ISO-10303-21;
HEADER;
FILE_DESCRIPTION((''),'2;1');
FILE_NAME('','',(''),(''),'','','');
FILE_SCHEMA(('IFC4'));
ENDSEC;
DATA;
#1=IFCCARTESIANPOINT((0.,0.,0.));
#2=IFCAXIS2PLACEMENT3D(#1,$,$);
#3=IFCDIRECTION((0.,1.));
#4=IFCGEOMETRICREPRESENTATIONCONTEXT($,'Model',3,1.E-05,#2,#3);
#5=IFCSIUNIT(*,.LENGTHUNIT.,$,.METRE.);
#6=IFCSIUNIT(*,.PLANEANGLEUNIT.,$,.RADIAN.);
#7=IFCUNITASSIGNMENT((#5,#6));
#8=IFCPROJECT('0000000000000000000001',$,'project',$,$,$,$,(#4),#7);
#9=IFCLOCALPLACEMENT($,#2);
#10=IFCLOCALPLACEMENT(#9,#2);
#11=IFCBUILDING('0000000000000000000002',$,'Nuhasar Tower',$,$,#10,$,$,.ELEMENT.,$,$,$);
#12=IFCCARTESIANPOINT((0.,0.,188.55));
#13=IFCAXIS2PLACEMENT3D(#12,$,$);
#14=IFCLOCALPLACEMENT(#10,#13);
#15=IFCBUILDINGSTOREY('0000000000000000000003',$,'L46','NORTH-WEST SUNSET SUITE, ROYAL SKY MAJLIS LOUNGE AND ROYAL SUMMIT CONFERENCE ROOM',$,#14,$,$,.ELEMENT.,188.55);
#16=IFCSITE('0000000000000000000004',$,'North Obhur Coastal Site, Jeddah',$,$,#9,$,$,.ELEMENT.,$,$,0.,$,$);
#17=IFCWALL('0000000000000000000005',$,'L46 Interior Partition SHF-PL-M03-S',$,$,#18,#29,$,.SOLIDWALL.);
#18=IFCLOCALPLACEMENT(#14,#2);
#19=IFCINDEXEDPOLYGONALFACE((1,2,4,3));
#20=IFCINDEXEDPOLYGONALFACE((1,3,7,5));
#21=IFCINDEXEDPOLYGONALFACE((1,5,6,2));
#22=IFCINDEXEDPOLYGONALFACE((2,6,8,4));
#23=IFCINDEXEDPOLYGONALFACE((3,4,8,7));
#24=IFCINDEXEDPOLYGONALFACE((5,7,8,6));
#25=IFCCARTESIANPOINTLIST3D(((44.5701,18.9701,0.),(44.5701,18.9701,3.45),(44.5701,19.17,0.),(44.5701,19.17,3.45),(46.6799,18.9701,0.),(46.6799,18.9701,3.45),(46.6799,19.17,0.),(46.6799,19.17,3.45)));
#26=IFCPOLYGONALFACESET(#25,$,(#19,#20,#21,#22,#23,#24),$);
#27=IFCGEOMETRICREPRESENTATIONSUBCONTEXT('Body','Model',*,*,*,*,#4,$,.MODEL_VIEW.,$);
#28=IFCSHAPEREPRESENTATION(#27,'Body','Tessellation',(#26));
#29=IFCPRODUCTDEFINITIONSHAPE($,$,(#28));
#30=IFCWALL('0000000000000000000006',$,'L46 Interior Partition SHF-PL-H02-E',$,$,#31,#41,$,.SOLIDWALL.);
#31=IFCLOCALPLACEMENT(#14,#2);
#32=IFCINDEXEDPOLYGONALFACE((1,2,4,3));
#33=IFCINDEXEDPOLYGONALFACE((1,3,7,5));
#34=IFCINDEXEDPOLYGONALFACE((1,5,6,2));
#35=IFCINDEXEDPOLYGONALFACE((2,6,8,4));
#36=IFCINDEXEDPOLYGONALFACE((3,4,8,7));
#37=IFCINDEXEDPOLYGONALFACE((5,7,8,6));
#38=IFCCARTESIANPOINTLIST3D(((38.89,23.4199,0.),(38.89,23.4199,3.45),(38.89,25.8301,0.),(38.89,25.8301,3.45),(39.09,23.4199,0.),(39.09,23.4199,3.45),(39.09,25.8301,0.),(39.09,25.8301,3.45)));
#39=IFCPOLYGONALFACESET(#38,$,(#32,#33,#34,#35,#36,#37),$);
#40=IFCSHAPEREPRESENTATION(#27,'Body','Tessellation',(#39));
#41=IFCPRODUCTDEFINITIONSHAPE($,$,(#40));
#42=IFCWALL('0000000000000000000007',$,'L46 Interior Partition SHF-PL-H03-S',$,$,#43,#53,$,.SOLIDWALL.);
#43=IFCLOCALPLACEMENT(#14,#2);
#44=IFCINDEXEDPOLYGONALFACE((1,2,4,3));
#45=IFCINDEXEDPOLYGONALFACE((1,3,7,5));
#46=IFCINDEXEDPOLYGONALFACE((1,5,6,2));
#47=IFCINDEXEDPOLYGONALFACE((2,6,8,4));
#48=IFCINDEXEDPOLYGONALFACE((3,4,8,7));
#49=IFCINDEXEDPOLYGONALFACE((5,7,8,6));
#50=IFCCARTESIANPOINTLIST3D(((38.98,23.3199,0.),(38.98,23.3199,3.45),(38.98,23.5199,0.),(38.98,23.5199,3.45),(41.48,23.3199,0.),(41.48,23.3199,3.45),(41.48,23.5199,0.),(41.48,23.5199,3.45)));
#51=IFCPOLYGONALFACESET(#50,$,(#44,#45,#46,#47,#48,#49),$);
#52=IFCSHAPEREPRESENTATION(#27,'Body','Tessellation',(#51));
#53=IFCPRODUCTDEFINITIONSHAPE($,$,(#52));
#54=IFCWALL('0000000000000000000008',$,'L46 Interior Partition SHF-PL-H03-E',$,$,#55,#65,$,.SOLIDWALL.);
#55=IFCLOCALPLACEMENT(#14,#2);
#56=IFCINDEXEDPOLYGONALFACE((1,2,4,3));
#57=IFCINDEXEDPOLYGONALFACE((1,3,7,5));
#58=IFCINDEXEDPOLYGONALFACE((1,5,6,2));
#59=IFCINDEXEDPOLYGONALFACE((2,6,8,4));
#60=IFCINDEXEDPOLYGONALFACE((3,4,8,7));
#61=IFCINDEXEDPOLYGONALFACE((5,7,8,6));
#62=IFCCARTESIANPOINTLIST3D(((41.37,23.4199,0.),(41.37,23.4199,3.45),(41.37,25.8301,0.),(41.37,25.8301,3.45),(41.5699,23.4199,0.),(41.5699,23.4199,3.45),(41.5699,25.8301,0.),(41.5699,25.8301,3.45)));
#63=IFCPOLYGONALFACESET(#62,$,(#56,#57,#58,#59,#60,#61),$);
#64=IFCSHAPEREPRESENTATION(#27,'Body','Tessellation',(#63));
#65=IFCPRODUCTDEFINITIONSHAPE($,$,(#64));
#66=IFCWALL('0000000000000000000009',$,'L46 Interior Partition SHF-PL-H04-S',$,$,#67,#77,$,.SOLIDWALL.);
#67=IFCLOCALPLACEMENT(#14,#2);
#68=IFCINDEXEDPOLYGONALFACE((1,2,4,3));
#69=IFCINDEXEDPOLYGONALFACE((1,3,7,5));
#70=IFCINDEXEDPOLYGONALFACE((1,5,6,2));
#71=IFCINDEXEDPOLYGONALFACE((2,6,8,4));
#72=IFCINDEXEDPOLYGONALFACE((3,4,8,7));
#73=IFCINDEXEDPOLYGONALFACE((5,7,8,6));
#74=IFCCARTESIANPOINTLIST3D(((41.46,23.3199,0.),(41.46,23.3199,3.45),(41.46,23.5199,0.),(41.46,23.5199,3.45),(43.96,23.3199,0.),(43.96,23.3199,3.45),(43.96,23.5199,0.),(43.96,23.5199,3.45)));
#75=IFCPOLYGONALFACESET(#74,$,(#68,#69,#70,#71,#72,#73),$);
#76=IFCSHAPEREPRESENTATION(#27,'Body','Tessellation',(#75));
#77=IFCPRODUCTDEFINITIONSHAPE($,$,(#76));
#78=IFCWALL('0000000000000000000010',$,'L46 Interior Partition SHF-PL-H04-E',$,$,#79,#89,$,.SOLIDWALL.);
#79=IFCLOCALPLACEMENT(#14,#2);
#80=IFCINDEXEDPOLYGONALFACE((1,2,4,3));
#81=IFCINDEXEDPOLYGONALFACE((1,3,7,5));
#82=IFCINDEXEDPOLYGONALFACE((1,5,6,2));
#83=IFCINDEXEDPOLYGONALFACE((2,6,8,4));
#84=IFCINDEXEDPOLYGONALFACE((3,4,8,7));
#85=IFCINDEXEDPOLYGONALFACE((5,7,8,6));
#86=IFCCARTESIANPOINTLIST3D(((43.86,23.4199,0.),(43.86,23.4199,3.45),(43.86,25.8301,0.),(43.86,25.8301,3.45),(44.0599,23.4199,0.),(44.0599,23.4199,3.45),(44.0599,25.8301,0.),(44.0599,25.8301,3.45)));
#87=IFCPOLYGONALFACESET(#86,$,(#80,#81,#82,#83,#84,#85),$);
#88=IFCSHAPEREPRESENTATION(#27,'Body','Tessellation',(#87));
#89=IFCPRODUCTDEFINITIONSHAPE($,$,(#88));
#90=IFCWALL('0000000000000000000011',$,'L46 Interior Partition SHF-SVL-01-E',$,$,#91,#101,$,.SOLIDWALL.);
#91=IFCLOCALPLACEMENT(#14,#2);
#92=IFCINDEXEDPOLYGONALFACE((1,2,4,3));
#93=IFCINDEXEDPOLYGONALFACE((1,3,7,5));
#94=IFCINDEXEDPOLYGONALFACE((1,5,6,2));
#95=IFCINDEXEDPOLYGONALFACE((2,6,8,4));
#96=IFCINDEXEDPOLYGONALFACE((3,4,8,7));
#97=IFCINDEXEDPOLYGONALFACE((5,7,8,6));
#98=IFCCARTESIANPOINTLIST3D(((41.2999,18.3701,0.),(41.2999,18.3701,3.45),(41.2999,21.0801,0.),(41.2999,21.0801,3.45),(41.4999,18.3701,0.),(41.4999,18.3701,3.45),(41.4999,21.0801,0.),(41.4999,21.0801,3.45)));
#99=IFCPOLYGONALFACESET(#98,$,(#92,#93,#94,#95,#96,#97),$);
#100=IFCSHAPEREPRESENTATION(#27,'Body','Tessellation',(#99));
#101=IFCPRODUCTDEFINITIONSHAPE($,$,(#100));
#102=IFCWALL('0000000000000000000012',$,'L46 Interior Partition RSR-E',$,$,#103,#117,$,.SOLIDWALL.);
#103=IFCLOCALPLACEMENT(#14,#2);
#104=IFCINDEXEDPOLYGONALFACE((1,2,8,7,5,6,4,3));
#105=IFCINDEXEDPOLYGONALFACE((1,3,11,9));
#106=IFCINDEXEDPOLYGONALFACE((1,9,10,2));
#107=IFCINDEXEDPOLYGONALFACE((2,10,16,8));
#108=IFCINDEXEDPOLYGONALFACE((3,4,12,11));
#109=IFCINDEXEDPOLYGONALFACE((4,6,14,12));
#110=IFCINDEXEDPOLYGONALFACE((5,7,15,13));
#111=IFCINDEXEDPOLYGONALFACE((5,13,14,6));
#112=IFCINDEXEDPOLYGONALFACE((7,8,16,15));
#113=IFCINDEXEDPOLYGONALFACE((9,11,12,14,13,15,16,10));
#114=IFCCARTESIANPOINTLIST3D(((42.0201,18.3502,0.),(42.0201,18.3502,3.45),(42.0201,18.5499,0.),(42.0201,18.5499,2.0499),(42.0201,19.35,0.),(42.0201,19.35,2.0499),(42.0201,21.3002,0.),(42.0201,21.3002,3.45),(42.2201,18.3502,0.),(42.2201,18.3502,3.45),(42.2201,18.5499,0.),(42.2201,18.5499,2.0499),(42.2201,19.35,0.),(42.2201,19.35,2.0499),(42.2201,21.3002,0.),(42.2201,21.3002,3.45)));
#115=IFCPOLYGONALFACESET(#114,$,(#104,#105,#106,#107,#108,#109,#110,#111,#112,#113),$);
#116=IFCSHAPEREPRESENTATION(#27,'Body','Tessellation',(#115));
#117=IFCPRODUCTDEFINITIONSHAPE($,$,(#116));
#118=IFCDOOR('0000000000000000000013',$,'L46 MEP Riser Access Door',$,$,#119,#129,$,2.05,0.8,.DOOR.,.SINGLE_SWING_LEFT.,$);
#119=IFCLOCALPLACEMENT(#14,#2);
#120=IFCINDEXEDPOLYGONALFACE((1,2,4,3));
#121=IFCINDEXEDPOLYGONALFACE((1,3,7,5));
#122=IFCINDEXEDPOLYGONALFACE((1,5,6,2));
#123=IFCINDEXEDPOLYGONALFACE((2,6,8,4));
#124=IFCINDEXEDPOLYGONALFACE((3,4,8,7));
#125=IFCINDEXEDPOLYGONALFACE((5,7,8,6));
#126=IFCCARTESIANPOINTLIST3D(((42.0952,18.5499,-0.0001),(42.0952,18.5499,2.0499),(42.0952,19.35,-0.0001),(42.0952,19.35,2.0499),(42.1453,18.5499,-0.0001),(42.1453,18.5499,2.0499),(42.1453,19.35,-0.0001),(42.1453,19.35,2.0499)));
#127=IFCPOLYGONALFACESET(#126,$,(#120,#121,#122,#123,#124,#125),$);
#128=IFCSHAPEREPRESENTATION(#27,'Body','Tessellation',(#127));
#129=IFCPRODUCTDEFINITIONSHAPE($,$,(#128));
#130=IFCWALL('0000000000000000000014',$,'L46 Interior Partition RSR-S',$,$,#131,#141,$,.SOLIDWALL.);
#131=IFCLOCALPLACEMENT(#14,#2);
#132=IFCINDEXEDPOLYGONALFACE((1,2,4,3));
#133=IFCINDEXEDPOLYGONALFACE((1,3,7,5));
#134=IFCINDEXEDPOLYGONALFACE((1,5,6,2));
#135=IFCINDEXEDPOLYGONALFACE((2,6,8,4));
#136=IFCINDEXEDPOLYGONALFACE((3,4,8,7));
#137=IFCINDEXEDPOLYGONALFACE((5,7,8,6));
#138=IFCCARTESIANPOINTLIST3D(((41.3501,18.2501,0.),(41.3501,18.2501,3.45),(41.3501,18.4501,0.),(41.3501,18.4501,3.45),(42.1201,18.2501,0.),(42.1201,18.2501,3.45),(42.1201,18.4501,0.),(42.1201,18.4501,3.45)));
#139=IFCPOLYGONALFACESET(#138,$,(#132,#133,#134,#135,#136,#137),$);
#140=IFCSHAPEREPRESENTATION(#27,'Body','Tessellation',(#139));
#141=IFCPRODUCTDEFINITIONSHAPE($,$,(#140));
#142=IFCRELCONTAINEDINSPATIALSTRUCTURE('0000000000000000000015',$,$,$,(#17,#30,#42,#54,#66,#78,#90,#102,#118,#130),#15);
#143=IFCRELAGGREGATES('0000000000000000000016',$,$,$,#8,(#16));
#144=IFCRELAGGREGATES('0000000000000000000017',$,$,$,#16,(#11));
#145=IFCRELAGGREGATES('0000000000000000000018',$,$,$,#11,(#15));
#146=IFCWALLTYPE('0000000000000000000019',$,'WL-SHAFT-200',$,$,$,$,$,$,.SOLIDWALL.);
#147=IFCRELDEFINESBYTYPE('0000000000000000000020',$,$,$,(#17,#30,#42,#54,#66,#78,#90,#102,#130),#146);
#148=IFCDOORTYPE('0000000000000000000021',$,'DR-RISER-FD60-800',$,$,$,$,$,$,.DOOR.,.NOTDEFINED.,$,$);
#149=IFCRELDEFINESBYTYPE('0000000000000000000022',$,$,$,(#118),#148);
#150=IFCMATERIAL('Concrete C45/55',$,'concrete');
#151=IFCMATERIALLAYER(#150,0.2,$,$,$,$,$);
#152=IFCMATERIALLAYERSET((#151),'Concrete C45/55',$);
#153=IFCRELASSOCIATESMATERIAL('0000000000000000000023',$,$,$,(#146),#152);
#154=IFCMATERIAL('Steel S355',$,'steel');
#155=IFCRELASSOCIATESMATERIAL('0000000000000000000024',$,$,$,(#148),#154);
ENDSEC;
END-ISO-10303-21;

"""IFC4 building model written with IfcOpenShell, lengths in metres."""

from ifc_helpers import new_model, si_unit, direction, frame, frame_2d, origin, place, context, subcontext, project, spatial, rectangle, extrude, material, layer, layer_set, type_object, element, fill, save


model = new_model("IFC4")

# Units and contexts
model_context = context("Model", 3, precision=1e-05, world=origin(), true_north=direction((0.0, 1.0)))
body_context = subcontext(model_context, "Body", "Model", "MODEL_VIEW")
ifc_project = project(units=[si_unit("LENGTHUNIT", "METRE"), si_unit("PLANEANGLEUNIT", "RADIAN")], contexts=[model_context])

# Site, building, storey
site_placement = place(None, origin())
site = spatial("IfcSite", under=ifc_project, at=site_placement, Name="North Obhur Coastal Site, Jeddah", CompositionType="ELEMENT", RefElevation=0.0)
building_placement = place(site_placement, origin())
building = spatial("IfcBuilding", under=site, at=building_placement, Name="Nuhasar Tower", CompositionType="ELEMENT")
storey_placement = place(building_placement, frame((0.0, 0.0, 188.55)))
storey = spatial("IfcBuildingStorey", under=building, at=storey_placement, Name="L46", Description="NORTH-WEST SUNSET SUITE, ROYAL SKY MAJLIS LOUNGE AND ROYAL SUMMIT CONFERENCE ROOM", CompositionType="ELEMENT", Elevation=188.55)

# Shared definitions
ifc_material_1 = material(Name="Steel S355", Category="steel")

# Shared definitions
ifc_material_2 = material(Name="Concrete C45/55", Category="concrete")

# Shared definitions
ifc_layer_1 = layer(ifc_material_2, 0.2)
ifc_layer_set_1 = layer_set([ifc_layer_1], Name="Concrete C45/55")
wall_type_1 = type_object("IfcWallType", Name="WL-SHAFT-200", PredefinedType="SOLIDWALL", material=ifc_layer_set_1)

# Wall
wall_1_placement = place(storey_placement, frame((44.5701, 19.0701, 0.0), z_axis=(0.0, 0.0, 1.0), x_axis=(1.0, 0.0, 0.0)))
element("IfcWall", 1, at=wall_1_placement, inside=storey, type_object=wall_type_1, Name="L46 Interior Partition SHF-PL-M03-S", PredefinedType="SOLIDWALL", context=body_context, shape_type="SweptSolid", body=[
    extrude(rectangle(XDim=2.1099, YDim=0.2, at=frame_2d((1.0549, 0.0))), origin(), (0.0, 0.0, 1.0), 3.45),
])

# Walls
wall_2_placement = place(storey_placement, frame((38.99, 23.4199, 0.0), z_axis=(0.0, 0.0, 1.0), x_axis=(0.0, 1.0, 0.0)))
element("IfcWall", 2, at=wall_2_placement, inside=storey, type_object=wall_type_1, Name="L46 Interior Partition SHF-PL-H02-E", PredefinedType="SOLIDWALL", context=body_context, shape_type="SweptSolid", body=[
    extrude(rectangle(XDim=2.4102, YDim=0.2, at=frame_2d((1.2051, 0.0))), origin(), (0.0, 0.0, 1.0), 3.45),
])
wall_3_placement = place(storey_placement, frame((38.98, 23.4199, 0.0), z_axis=(0.0, 0.0, 1.0), x_axis=(1.0, 0.0, 0.0)))
element("IfcWall", 3, at=wall_3_placement, inside=storey, type_object=wall_type_1, Name="L46 Interior Partition SHF-PL-H03-S", PredefinedType="SOLIDWALL", context=body_context, shape_type="SweptSolid", body=[
    extrude(rectangle(XDim=2.5, YDim=0.2, at=frame_2d((1.25, 0.0))), origin(), (0.0, 0.0, 1.0), 3.45),
])
wall_4_placement = place(storey_placement, frame((41.47, 23.4199, 0.0), z_axis=(0.0, 0.0, 1.0), x_axis=(0.0, 1.0, 0.0)))
element("IfcWall", 4, at=wall_4_placement, inside=storey, type_object=wall_type_1, Name="L46 Interior Partition SHF-PL-H03-E", PredefinedType="SOLIDWALL", context=body_context, shape_type="SweptSolid", body=[
    extrude(rectangle(XDim=2.4102, YDim=0.2, at=frame_2d((1.2051, 0.0))), origin(), (0.0, 0.0, 1.0), 3.45),
])
wall_5_placement = place(storey_placement, frame((41.46, 23.4199, 0.0), z_axis=(0.0, 0.0, 1.0), x_axis=(1.0, 0.0, 0.0)))
element("IfcWall", 5, at=wall_5_placement, inside=storey, type_object=wall_type_1, Name="L46 Interior Partition SHF-PL-H04-S", PredefinedType="SOLIDWALL", context=body_context, shape_type="SweptSolid", body=[
    extrude(rectangle(XDim=2.5, YDim=0.2, at=frame_2d((1.25, 0.0))), origin(), (0.0, 0.0, 1.0), 3.45),
])
wall_6_placement = place(storey_placement, frame((43.96, 23.4199, 0.0), z_axis=(0.0, 0.0, 1.0), x_axis=(0.0, 1.0, 0.0)))
element("IfcWall", 6, at=wall_6_placement, inside=storey, type_object=wall_type_1, Name="L46 Interior Partition SHF-PL-H04-E", PredefinedType="SOLIDWALL", context=body_context, shape_type="SweptSolid", body=[
    extrude(rectangle(XDim=2.4102, YDim=0.2, at=frame_2d((1.2051, 0.0))), origin(), (0.0, 0.0, 1.0), 3.45),
])
wall_7_placement = place(storey_placement, frame((41.3999, 18.3701, 0.0), z_axis=(0.0, 0.0, 1.0), x_axis=(0.0, 1.0, 0.0)))
element("IfcWall", 7, at=wall_7_placement, inside=storey, type_object=wall_type_1, Name="L46 Interior Partition SHF-SVL-01-E", PredefinedType="SOLIDWALL", context=body_context, shape_type="SweptSolid", body=[
    extrude(rectangle(XDim=2.71, YDim=0.2, at=frame_2d((1.355, 0.0))), origin(), (0.0, 0.0, 1.0), 3.45),
])

# Wall, opening, door
wall_8_placement = place(storey_placement, frame((42.1201, 18.3501, 0.0), z_axis=(0.0, 0.0, 1.0), x_axis=(0.0, 1.0, 0.0)))
wall_8 = element("IfcWall", 8, at=wall_8_placement, inside=storey, type_object=wall_type_1, Name="L46 Interior Partition RSR-E", PredefinedType="SOLIDWALL", context=body_context, shape_type="SweptSolid", body=[
    extrude(rectangle(XDim=2.95, YDim=0.2, at=frame_2d((1.4751, 0.0))), origin(), (0.0, 0.0, 1.0), 3.45),
])
opening_1_placement = place(wall_8_placement, frame((0.2, 0.0, 0.0)))
opening_1 = element("IfcOpeningElement", 9, at=opening_1_placement, cuts=wall_8, PredefinedType="OPENING", context=body_context, shape_type="SweptSolid", body=[
    extrude(rectangle(XDim=0.8, YDim=2.05, at=frame_2d((0.3999, 1.0249))), frame((0.0, 0.1099, 0.0), z_axis=(0.0, -1.0, 0.0), x_axis=(1.0, 0.0, 0.0)), (0.0, 0.0, 1.0), 0.22),
])
door_type_1 = type_object("IfcDoorType", Name="DR-RISER-FD60-800", OperationType="NOTDEFINED", PredefinedType="DOOR", material=ifc_material_1)
door_1_placement = place(opening_1_placement, origin())
door_1 = element("IfcDoor", 10, at=door_1_placement, inside=storey, type_object=door_type_1, Name="L46 MEP Riser Access Door", OperationType="SINGLE_SWING_LEFT", OverallHeight=2.05, OverallWidth=0.8, PredefinedType="DOOR", context=body_context, shape_type="SweptSolid", body=[
    extrude(rectangle(XDim=0.8, YDim=2.05, at=frame_2d((0.3999, 1.0249))), frame((0.0, 0.0249, 0.0), z_axis=(0.0, -1.0, 0.0), x_axis=(1.0, 0.0, 0.0)), (0.0, 0.0, 1.0), 0.05),
])
fill(opening_1, door_1)

# Wall
wall_9_placement = place(storey_placement, frame((41.3501, 18.3501, 0.0), z_axis=(0.0, 0.0, 1.0), x_axis=(1.0, 0.0, 0.0)))
element("IfcWall", 11, at=wall_9_placement, inside=storey, type_object=wall_type_1, Name="L46 Interior Partition RSR-S", PredefinedType="SOLIDWALL", context=body_context, shape_type="SweptSolid", body=[
    extrude(rectangle(XDim=0.77, YDim=0.2, at=frame_2d((0.385, 0.0))), origin(), (0.0, 0.0, 1.0), 3.45),
])

save(model, "model.ifc")
